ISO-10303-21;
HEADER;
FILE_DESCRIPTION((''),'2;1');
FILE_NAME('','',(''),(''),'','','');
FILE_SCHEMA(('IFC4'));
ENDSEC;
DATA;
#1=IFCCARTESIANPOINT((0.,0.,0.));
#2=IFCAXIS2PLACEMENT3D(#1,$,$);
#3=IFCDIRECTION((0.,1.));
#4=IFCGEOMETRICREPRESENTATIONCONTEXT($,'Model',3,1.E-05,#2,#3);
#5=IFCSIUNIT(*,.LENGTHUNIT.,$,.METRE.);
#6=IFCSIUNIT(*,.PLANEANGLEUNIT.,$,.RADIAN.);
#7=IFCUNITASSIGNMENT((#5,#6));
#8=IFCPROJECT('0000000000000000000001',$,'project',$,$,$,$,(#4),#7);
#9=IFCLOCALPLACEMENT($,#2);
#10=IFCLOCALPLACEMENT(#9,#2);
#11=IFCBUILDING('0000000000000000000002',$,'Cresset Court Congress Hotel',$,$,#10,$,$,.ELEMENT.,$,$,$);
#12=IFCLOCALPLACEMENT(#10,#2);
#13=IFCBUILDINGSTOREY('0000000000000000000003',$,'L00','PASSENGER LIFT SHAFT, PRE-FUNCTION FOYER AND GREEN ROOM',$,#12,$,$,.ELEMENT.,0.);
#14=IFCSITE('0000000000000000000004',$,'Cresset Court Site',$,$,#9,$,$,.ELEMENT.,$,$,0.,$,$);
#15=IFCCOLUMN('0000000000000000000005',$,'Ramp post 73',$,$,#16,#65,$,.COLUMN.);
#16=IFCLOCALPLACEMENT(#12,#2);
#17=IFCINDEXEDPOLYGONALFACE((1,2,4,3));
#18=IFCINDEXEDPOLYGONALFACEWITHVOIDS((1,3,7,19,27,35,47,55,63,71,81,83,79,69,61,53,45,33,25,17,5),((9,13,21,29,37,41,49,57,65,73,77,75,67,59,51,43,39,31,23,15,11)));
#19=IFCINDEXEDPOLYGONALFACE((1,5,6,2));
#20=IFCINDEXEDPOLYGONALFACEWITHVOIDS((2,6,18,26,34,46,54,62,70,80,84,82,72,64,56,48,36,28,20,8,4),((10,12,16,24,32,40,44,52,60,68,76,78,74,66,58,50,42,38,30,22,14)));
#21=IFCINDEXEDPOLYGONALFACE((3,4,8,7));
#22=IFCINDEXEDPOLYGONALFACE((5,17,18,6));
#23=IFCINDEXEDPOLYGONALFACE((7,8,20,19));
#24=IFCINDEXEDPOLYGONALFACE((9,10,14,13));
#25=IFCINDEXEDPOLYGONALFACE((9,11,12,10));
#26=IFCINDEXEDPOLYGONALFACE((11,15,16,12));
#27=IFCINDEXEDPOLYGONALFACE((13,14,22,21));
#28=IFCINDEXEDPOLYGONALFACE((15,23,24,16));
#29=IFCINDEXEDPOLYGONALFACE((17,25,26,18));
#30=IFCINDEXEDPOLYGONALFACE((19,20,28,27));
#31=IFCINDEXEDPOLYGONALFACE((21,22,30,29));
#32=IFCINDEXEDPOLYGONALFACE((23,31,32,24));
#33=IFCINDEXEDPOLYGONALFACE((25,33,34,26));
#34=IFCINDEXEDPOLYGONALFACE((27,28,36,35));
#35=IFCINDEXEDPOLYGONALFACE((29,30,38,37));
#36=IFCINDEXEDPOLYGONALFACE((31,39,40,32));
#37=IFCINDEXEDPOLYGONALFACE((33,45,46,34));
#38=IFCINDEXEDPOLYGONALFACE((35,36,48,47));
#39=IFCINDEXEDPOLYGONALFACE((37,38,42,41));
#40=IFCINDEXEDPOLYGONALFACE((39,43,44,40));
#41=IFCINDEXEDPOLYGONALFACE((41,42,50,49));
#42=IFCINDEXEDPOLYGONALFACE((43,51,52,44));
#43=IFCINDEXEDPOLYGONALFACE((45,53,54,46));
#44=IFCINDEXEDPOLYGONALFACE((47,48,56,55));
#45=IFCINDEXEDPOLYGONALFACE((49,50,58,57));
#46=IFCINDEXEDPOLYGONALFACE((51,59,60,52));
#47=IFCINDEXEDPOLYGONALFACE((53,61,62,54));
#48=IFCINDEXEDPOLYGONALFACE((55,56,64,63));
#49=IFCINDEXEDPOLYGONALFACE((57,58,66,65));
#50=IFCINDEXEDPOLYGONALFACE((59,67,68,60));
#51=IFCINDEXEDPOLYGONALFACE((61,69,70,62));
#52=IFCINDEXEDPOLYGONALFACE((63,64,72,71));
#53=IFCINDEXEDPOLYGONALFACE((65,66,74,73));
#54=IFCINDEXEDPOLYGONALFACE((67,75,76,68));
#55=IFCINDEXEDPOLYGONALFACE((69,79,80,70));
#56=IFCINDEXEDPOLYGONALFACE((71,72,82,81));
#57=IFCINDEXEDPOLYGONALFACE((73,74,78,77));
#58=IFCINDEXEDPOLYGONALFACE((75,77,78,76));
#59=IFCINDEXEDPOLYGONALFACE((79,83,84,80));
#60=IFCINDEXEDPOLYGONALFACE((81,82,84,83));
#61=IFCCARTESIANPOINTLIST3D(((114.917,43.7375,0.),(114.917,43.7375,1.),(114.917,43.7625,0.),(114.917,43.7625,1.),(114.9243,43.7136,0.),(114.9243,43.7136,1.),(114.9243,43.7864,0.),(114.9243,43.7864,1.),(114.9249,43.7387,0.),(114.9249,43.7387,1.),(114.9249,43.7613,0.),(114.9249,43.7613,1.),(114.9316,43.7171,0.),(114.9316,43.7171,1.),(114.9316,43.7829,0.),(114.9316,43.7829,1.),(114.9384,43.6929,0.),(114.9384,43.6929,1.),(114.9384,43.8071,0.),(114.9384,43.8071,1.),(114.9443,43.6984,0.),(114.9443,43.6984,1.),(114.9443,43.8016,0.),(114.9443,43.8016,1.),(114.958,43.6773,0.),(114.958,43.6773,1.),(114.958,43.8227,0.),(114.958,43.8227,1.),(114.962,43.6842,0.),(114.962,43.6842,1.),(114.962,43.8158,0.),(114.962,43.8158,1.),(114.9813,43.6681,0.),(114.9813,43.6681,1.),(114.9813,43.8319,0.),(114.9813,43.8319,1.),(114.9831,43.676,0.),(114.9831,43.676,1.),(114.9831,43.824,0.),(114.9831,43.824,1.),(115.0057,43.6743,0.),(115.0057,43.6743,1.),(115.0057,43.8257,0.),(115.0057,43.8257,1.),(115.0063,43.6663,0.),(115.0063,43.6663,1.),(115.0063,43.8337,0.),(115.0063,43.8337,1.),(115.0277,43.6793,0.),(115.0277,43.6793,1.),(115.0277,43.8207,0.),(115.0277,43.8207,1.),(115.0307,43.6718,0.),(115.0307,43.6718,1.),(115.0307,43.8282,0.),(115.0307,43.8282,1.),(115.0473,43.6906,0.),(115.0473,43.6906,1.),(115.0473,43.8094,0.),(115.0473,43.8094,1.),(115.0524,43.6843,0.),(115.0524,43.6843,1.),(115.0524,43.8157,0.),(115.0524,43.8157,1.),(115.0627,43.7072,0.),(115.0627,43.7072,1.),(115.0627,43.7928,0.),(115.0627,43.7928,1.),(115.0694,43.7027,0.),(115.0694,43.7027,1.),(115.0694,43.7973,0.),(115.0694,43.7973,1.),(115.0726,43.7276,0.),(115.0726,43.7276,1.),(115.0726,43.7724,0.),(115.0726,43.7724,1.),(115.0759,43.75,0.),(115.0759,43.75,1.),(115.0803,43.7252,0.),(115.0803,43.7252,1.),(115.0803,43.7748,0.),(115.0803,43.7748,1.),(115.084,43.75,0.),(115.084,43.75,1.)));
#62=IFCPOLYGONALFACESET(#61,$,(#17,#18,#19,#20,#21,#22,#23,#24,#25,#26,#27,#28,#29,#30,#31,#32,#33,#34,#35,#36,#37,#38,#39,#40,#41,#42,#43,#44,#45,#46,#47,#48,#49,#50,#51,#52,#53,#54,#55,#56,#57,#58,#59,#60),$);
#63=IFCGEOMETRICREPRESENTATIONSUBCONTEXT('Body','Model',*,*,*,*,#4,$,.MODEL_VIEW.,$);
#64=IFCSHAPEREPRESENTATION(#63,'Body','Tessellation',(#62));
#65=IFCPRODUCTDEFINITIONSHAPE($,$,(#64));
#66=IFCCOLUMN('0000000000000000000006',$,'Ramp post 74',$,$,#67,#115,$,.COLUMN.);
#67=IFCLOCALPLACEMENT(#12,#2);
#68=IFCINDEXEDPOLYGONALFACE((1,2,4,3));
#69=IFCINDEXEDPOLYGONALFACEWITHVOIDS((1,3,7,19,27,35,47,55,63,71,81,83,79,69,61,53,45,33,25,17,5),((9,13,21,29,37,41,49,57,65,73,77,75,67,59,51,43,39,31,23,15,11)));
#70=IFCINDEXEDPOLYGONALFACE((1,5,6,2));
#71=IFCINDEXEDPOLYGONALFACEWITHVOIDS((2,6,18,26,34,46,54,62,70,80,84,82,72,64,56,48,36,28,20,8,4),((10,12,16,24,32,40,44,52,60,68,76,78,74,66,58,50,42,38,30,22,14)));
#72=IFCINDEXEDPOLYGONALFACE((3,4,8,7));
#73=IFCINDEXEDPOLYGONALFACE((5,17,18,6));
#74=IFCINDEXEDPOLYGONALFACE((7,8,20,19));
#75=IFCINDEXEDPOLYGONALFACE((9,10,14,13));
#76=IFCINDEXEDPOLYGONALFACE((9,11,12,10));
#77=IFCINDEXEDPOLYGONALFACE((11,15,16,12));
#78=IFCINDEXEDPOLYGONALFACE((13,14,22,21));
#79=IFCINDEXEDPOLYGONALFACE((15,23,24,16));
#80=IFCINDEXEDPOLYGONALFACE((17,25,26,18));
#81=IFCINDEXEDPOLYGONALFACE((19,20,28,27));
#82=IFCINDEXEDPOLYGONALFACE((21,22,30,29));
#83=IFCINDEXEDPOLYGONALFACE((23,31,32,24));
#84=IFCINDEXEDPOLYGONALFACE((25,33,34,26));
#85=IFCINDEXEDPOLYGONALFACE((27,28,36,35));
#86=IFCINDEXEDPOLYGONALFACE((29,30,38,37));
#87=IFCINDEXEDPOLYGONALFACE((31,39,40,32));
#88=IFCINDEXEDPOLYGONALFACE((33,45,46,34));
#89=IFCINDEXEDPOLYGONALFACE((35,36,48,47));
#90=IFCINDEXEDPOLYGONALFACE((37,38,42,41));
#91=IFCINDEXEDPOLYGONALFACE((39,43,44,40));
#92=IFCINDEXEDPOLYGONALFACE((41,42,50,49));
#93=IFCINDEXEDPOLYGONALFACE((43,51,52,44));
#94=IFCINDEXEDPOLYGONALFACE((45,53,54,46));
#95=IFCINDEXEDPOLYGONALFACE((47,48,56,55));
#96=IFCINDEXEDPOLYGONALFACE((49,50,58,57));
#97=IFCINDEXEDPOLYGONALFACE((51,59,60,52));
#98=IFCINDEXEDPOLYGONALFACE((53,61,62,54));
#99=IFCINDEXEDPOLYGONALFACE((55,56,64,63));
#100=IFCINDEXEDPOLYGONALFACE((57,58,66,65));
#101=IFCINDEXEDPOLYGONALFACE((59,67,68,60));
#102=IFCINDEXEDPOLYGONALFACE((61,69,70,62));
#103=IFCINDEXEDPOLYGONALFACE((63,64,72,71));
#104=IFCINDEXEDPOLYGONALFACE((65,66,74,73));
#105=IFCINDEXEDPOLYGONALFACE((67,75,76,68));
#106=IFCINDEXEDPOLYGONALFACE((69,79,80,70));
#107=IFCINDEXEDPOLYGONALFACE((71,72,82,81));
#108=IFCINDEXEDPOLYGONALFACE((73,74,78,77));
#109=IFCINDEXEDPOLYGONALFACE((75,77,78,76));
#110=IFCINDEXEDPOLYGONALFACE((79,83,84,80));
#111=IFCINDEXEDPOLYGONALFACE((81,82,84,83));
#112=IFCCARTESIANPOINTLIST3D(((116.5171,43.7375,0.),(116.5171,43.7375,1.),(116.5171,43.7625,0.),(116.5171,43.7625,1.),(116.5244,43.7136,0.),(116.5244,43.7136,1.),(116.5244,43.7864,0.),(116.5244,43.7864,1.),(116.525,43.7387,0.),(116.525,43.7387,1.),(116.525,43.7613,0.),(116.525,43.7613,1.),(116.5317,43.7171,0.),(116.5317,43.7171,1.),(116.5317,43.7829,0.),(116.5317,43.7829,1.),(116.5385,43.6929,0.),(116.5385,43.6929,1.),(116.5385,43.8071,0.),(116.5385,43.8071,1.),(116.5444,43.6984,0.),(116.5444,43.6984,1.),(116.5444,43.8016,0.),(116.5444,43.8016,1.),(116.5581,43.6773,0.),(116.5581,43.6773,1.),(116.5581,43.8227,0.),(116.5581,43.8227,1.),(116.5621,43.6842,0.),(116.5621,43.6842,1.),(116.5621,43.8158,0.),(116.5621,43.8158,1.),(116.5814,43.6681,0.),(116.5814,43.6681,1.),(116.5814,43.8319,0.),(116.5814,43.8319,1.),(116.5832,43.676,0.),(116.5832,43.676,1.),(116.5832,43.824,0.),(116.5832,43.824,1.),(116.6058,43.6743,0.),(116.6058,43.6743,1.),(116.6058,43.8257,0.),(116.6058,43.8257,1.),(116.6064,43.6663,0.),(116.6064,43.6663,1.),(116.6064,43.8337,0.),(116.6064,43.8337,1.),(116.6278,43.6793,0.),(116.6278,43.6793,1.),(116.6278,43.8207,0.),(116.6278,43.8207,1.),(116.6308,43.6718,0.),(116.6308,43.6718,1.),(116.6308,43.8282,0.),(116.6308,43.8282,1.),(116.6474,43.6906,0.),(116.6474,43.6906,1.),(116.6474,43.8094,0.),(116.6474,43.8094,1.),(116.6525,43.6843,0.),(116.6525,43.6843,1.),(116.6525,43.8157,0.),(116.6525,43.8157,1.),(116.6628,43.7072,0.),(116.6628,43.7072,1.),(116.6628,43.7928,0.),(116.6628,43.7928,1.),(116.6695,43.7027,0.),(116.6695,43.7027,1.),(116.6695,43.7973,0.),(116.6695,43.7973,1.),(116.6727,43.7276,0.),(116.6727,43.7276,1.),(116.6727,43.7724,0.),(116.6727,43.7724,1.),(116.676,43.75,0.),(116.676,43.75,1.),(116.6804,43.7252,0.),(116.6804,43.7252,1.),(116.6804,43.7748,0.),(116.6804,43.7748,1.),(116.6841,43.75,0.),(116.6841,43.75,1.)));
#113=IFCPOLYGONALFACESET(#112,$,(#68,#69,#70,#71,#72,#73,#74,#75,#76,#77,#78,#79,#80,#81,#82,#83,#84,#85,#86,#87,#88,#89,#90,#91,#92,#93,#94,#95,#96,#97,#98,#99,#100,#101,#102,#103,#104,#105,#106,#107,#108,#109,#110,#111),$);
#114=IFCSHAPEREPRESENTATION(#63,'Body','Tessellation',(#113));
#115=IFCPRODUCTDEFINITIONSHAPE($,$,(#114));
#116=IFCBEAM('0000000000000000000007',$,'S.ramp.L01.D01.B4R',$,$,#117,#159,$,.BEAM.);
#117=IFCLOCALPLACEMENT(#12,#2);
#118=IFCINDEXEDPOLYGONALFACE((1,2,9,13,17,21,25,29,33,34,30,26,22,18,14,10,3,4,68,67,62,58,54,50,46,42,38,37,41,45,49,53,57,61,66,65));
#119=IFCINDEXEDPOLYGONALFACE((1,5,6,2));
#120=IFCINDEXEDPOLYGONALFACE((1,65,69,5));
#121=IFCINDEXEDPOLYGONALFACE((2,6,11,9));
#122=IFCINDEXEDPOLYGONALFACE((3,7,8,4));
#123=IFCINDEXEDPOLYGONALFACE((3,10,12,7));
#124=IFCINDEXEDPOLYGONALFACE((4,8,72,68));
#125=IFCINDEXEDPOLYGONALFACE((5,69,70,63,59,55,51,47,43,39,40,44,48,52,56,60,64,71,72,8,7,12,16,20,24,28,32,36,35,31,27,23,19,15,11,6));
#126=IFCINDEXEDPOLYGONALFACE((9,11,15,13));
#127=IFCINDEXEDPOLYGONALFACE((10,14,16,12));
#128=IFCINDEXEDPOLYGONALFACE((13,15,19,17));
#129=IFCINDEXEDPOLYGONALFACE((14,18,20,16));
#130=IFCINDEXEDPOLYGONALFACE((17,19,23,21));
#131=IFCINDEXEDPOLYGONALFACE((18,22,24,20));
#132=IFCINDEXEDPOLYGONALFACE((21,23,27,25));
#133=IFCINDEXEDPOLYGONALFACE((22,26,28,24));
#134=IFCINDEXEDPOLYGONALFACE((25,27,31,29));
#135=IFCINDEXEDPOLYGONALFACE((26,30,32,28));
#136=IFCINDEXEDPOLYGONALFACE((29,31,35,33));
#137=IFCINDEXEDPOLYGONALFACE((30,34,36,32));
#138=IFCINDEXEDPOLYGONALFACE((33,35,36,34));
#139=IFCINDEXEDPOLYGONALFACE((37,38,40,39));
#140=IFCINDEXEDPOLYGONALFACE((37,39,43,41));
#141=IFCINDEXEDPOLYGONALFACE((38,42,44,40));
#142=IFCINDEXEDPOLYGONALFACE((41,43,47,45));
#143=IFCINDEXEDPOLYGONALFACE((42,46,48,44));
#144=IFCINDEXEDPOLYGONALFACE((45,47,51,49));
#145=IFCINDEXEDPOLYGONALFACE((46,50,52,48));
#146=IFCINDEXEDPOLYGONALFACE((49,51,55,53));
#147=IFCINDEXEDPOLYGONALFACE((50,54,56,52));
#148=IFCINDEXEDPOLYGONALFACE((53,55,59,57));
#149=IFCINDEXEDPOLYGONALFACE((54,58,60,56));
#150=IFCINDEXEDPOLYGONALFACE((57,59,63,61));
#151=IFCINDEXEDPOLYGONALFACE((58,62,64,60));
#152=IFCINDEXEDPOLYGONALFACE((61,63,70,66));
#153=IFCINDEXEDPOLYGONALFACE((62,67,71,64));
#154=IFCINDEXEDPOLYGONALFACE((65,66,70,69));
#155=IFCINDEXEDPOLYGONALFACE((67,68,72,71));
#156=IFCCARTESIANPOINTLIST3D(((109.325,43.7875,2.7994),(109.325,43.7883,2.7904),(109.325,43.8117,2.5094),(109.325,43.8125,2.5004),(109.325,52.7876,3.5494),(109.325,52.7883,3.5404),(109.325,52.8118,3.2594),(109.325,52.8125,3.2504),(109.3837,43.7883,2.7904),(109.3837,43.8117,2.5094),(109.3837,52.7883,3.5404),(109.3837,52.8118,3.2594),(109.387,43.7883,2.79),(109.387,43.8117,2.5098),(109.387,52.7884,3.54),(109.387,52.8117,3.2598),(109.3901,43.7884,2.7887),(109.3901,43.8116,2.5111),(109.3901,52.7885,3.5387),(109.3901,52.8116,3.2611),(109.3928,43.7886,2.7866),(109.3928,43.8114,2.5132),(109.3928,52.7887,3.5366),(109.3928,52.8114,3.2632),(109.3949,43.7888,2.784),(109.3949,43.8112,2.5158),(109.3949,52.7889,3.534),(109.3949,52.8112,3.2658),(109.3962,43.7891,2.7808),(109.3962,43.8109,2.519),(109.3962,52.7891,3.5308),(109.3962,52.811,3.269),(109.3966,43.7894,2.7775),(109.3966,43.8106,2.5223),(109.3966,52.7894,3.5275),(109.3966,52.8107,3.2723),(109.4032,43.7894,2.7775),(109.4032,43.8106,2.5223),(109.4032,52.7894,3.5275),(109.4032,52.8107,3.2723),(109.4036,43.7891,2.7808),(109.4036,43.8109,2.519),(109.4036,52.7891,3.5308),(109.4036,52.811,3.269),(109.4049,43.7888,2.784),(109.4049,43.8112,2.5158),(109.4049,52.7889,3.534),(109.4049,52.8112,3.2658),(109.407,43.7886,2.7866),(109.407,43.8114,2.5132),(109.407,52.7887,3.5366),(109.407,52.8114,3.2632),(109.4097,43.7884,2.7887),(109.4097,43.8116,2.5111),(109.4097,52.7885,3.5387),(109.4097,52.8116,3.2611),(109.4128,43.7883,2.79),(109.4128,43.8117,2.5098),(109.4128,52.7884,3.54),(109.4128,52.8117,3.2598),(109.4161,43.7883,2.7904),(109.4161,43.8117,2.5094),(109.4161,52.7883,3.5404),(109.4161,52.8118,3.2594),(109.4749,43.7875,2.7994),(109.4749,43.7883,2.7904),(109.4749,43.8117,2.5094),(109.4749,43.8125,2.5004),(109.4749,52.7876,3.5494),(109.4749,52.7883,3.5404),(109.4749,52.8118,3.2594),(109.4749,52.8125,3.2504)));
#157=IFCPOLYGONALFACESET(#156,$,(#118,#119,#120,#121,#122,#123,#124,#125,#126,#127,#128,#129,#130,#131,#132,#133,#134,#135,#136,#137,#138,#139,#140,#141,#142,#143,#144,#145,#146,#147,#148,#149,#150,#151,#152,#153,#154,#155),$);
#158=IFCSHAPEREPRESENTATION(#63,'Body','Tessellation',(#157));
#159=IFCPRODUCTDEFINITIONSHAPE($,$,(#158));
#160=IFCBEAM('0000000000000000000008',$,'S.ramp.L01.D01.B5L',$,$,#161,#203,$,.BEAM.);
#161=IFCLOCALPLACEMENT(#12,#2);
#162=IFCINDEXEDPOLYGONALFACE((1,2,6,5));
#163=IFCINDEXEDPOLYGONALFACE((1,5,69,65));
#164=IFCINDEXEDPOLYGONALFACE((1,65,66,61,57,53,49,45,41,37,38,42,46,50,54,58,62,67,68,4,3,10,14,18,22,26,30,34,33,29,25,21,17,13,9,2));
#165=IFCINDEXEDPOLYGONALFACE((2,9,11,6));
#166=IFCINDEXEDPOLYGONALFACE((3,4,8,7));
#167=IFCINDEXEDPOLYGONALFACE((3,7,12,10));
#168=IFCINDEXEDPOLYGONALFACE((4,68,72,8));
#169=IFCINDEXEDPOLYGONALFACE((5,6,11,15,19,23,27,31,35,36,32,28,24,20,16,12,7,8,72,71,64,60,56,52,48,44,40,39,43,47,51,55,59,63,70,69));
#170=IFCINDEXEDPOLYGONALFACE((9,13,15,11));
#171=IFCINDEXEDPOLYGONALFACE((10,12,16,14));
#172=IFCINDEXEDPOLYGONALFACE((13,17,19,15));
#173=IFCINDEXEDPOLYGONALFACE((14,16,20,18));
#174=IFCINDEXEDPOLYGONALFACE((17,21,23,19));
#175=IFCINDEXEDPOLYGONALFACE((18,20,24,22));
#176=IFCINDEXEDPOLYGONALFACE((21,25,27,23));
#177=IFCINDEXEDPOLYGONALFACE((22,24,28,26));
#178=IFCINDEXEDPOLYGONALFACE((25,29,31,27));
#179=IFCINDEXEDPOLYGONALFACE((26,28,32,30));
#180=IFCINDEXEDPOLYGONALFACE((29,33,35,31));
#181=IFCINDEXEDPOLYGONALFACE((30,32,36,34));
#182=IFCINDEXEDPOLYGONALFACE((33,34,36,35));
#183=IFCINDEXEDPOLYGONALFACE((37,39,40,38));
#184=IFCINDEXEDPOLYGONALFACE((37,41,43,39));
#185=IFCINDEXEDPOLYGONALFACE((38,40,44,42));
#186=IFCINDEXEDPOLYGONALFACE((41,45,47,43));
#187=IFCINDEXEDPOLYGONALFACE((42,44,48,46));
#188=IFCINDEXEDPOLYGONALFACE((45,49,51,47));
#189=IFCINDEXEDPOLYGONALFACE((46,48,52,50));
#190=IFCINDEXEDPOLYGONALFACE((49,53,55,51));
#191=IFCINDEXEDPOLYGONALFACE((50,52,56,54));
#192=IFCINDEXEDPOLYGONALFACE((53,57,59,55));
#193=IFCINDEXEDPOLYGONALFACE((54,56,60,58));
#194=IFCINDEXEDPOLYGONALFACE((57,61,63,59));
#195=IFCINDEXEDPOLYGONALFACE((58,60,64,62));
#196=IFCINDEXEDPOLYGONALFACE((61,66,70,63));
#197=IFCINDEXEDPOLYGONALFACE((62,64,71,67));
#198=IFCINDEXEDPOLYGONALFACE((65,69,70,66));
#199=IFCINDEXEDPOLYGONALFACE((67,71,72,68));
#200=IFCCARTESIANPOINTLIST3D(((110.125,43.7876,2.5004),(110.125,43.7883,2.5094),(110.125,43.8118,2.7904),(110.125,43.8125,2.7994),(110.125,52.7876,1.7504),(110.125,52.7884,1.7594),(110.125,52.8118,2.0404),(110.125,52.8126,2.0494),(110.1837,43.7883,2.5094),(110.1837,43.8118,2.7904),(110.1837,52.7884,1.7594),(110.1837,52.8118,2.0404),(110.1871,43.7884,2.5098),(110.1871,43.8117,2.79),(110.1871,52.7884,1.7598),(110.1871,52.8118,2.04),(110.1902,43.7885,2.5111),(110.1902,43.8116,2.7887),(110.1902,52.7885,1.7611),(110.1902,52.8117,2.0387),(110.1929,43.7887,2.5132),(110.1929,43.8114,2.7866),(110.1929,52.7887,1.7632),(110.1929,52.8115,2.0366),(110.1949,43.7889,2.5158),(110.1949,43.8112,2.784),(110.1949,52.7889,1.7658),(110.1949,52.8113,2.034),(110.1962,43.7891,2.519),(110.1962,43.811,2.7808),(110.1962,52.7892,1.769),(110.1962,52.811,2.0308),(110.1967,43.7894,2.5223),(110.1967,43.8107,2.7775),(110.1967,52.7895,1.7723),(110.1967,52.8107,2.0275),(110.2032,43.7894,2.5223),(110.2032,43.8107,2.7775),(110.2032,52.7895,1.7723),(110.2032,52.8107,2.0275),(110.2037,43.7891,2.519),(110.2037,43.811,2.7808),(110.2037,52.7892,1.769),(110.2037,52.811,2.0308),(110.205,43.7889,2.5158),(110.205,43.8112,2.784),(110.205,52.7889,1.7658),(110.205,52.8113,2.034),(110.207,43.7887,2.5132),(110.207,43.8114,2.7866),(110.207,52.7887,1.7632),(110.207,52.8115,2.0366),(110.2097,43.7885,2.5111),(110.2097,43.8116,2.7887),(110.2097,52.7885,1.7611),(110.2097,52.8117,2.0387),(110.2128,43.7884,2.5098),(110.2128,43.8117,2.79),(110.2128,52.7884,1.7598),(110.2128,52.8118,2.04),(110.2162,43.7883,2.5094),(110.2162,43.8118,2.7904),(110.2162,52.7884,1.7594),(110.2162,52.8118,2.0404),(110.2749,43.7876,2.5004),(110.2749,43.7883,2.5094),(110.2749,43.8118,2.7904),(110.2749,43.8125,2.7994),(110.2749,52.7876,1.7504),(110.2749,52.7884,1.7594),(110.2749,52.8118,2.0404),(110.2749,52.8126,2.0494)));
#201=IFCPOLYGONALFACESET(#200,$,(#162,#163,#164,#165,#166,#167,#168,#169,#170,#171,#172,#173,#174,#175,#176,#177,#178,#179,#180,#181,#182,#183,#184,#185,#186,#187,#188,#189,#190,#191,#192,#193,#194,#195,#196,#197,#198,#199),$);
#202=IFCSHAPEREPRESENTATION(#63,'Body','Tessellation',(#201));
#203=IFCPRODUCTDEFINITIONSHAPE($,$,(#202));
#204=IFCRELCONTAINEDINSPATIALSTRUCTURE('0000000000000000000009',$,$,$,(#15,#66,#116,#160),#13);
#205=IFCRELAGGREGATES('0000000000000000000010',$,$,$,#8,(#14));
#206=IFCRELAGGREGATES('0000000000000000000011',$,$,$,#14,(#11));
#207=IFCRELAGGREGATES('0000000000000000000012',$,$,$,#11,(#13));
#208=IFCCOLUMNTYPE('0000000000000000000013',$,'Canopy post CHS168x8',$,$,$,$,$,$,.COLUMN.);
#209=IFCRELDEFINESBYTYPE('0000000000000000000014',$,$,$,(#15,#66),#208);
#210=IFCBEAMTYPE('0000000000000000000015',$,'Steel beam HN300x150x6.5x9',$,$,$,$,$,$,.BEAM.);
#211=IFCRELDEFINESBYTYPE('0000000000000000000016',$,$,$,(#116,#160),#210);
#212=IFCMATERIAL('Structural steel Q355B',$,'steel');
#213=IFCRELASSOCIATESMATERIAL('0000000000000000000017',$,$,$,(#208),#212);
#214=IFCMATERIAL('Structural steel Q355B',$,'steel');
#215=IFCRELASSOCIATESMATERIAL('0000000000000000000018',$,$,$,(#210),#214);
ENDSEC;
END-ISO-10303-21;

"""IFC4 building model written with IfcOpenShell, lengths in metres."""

from ifc_helpers import new_model, si_unit, direction, frame, origin, origin_2d, place, context, subcontext, project, spatial, hollow_circle, i_section, extrude, material, material_profile, profile_set, type_object, element, save


model = new_model("IFC4")

# Units and contexts
model_context = context("Model", 3, precision=1e-05, world=origin(), true_north=direction((0.0, 1.0)))
body_context = subcontext(model_context, "Body", "Model", "MODEL_VIEW")
ifc_project = project(units=[si_unit("LENGTHUNIT", "METRE"), si_unit("PLANEANGLEUNIT", "RADIAN")], contexts=[model_context])

# Site, building, storey
site_placement = place(None, origin())
site = spatial("IfcSite", under=ifc_project, at=site_placement, Name="Cresset Court Site", CompositionType="ELEMENT", RefElevation=0.0)
building_placement = place(site_placement, origin())
building = spatial("IfcBuilding", under=site, at=building_placement, Name="Cresset Court Congress Hotel", CompositionType="ELEMENT")
storey_placement = place(building_placement, origin())
storey = spatial("IfcBuildingStorey", under=building, at=storey_placement, Name="L00", Description="PASSENGER LIFT SHAFT, PRE-FUNCTION FOYER AND GREEN ROOM", CompositionType="ELEMENT", Elevation=0.0)

# Columns
ifc_material_1 = material(Name="Structural steel Q355B", Category="steel")
ifc_material_profile_1 = material_profile(ifc_material_1, hollow_circle(Radius=0.084, WallThickness=0.0081, at=origin_2d()), Name="CHS168x8")
ifc_profile_set_1 = profile_set([ifc_material_profile_1], Name="Structural steel Q355B")
column_type = type_object("IfcColumnType", Name="Canopy post CHS168x8", PredefinedType="COLUMN", material=ifc_profile_set_1)
for number, where, z_axis, x_axis, name in (
    (1, (115.0, 43.75, 0.0), (0.0, 0.0, 1.0), (1.0, 0.0, 0.0), "Ramp post 73"),
    (2, (116.6001, 43.75, 0.0), (0.0, 0.0, 1.0), (1.0, 0.0, 0.0), "Ramp post 74"),
):
    element("IfcColumn", number, at=place(storey_placement, frame(where, z_axis=z_axis, x_axis=x_axis)), inside=storey, type_object=column_type, Name=name, PredefinedType="COLUMN", context=body_context, shape_type="SweptSolid", body=[
        extrude(hollow_circle(Radius=0.084, WallThickness=0.0081, at=origin_2d()), origin(), (0.0, 0.0, 1.0), 1.0),
    ])

# Beams
ifc_material_2 = material(Name="Structural steel Q355B", Category="steel")
ifc_material_profile_2 = material_profile(ifc_material_2, i_section(OverallWidth=0.1499, OverallDepth=0.3, WebThickness=0.0066, FlangeThickness=0.009, FilletRadius=0.0129, at=origin_2d()), Name="HN300x150x6.5x9")
ifc_profile_set_2 = profile_set([ifc_material_profile_2], Name="Structural steel Q355B")
beam_type = type_object("IfcBeamType", Name="Steel beam HN300x150x6.5x9", PredefinedType="BEAM", material=ifc_profile_set_2)
for number, where, z_axis, x_axis, name in (
    (3, (109.3999, 52.8, 3.3999), (0.0, -0.996546, -0.083045), (1.0, 0.0, 0.0), "S.ramp.L01.D01.B4R"),
    (4, (110.2, 43.8, 2.6499), (0.0, 0.996546, -0.083045), (-1.0, 0.0, 0.0), "S.ramp.L01.D01.B5L"),
):
    element("IfcBeam", number, at=place(storey_placement, frame(where, z_axis=z_axis, x_axis=x_axis)), inside=storey, type_object=beam_type, Name=name, PredefinedType="BEAM", context=body_context, shape_type="SweptSolid", body=[
        extrude(i_section(OverallWidth=0.1499, OverallDepth=0.3, WebThickness=0.0066, FlangeThickness=0.009, FilletRadius=0.0129, at=origin_2d()), origin(), (0.0, 0.0, 1.0), 9.0312),
    ])

save(model, "model.ifc")
